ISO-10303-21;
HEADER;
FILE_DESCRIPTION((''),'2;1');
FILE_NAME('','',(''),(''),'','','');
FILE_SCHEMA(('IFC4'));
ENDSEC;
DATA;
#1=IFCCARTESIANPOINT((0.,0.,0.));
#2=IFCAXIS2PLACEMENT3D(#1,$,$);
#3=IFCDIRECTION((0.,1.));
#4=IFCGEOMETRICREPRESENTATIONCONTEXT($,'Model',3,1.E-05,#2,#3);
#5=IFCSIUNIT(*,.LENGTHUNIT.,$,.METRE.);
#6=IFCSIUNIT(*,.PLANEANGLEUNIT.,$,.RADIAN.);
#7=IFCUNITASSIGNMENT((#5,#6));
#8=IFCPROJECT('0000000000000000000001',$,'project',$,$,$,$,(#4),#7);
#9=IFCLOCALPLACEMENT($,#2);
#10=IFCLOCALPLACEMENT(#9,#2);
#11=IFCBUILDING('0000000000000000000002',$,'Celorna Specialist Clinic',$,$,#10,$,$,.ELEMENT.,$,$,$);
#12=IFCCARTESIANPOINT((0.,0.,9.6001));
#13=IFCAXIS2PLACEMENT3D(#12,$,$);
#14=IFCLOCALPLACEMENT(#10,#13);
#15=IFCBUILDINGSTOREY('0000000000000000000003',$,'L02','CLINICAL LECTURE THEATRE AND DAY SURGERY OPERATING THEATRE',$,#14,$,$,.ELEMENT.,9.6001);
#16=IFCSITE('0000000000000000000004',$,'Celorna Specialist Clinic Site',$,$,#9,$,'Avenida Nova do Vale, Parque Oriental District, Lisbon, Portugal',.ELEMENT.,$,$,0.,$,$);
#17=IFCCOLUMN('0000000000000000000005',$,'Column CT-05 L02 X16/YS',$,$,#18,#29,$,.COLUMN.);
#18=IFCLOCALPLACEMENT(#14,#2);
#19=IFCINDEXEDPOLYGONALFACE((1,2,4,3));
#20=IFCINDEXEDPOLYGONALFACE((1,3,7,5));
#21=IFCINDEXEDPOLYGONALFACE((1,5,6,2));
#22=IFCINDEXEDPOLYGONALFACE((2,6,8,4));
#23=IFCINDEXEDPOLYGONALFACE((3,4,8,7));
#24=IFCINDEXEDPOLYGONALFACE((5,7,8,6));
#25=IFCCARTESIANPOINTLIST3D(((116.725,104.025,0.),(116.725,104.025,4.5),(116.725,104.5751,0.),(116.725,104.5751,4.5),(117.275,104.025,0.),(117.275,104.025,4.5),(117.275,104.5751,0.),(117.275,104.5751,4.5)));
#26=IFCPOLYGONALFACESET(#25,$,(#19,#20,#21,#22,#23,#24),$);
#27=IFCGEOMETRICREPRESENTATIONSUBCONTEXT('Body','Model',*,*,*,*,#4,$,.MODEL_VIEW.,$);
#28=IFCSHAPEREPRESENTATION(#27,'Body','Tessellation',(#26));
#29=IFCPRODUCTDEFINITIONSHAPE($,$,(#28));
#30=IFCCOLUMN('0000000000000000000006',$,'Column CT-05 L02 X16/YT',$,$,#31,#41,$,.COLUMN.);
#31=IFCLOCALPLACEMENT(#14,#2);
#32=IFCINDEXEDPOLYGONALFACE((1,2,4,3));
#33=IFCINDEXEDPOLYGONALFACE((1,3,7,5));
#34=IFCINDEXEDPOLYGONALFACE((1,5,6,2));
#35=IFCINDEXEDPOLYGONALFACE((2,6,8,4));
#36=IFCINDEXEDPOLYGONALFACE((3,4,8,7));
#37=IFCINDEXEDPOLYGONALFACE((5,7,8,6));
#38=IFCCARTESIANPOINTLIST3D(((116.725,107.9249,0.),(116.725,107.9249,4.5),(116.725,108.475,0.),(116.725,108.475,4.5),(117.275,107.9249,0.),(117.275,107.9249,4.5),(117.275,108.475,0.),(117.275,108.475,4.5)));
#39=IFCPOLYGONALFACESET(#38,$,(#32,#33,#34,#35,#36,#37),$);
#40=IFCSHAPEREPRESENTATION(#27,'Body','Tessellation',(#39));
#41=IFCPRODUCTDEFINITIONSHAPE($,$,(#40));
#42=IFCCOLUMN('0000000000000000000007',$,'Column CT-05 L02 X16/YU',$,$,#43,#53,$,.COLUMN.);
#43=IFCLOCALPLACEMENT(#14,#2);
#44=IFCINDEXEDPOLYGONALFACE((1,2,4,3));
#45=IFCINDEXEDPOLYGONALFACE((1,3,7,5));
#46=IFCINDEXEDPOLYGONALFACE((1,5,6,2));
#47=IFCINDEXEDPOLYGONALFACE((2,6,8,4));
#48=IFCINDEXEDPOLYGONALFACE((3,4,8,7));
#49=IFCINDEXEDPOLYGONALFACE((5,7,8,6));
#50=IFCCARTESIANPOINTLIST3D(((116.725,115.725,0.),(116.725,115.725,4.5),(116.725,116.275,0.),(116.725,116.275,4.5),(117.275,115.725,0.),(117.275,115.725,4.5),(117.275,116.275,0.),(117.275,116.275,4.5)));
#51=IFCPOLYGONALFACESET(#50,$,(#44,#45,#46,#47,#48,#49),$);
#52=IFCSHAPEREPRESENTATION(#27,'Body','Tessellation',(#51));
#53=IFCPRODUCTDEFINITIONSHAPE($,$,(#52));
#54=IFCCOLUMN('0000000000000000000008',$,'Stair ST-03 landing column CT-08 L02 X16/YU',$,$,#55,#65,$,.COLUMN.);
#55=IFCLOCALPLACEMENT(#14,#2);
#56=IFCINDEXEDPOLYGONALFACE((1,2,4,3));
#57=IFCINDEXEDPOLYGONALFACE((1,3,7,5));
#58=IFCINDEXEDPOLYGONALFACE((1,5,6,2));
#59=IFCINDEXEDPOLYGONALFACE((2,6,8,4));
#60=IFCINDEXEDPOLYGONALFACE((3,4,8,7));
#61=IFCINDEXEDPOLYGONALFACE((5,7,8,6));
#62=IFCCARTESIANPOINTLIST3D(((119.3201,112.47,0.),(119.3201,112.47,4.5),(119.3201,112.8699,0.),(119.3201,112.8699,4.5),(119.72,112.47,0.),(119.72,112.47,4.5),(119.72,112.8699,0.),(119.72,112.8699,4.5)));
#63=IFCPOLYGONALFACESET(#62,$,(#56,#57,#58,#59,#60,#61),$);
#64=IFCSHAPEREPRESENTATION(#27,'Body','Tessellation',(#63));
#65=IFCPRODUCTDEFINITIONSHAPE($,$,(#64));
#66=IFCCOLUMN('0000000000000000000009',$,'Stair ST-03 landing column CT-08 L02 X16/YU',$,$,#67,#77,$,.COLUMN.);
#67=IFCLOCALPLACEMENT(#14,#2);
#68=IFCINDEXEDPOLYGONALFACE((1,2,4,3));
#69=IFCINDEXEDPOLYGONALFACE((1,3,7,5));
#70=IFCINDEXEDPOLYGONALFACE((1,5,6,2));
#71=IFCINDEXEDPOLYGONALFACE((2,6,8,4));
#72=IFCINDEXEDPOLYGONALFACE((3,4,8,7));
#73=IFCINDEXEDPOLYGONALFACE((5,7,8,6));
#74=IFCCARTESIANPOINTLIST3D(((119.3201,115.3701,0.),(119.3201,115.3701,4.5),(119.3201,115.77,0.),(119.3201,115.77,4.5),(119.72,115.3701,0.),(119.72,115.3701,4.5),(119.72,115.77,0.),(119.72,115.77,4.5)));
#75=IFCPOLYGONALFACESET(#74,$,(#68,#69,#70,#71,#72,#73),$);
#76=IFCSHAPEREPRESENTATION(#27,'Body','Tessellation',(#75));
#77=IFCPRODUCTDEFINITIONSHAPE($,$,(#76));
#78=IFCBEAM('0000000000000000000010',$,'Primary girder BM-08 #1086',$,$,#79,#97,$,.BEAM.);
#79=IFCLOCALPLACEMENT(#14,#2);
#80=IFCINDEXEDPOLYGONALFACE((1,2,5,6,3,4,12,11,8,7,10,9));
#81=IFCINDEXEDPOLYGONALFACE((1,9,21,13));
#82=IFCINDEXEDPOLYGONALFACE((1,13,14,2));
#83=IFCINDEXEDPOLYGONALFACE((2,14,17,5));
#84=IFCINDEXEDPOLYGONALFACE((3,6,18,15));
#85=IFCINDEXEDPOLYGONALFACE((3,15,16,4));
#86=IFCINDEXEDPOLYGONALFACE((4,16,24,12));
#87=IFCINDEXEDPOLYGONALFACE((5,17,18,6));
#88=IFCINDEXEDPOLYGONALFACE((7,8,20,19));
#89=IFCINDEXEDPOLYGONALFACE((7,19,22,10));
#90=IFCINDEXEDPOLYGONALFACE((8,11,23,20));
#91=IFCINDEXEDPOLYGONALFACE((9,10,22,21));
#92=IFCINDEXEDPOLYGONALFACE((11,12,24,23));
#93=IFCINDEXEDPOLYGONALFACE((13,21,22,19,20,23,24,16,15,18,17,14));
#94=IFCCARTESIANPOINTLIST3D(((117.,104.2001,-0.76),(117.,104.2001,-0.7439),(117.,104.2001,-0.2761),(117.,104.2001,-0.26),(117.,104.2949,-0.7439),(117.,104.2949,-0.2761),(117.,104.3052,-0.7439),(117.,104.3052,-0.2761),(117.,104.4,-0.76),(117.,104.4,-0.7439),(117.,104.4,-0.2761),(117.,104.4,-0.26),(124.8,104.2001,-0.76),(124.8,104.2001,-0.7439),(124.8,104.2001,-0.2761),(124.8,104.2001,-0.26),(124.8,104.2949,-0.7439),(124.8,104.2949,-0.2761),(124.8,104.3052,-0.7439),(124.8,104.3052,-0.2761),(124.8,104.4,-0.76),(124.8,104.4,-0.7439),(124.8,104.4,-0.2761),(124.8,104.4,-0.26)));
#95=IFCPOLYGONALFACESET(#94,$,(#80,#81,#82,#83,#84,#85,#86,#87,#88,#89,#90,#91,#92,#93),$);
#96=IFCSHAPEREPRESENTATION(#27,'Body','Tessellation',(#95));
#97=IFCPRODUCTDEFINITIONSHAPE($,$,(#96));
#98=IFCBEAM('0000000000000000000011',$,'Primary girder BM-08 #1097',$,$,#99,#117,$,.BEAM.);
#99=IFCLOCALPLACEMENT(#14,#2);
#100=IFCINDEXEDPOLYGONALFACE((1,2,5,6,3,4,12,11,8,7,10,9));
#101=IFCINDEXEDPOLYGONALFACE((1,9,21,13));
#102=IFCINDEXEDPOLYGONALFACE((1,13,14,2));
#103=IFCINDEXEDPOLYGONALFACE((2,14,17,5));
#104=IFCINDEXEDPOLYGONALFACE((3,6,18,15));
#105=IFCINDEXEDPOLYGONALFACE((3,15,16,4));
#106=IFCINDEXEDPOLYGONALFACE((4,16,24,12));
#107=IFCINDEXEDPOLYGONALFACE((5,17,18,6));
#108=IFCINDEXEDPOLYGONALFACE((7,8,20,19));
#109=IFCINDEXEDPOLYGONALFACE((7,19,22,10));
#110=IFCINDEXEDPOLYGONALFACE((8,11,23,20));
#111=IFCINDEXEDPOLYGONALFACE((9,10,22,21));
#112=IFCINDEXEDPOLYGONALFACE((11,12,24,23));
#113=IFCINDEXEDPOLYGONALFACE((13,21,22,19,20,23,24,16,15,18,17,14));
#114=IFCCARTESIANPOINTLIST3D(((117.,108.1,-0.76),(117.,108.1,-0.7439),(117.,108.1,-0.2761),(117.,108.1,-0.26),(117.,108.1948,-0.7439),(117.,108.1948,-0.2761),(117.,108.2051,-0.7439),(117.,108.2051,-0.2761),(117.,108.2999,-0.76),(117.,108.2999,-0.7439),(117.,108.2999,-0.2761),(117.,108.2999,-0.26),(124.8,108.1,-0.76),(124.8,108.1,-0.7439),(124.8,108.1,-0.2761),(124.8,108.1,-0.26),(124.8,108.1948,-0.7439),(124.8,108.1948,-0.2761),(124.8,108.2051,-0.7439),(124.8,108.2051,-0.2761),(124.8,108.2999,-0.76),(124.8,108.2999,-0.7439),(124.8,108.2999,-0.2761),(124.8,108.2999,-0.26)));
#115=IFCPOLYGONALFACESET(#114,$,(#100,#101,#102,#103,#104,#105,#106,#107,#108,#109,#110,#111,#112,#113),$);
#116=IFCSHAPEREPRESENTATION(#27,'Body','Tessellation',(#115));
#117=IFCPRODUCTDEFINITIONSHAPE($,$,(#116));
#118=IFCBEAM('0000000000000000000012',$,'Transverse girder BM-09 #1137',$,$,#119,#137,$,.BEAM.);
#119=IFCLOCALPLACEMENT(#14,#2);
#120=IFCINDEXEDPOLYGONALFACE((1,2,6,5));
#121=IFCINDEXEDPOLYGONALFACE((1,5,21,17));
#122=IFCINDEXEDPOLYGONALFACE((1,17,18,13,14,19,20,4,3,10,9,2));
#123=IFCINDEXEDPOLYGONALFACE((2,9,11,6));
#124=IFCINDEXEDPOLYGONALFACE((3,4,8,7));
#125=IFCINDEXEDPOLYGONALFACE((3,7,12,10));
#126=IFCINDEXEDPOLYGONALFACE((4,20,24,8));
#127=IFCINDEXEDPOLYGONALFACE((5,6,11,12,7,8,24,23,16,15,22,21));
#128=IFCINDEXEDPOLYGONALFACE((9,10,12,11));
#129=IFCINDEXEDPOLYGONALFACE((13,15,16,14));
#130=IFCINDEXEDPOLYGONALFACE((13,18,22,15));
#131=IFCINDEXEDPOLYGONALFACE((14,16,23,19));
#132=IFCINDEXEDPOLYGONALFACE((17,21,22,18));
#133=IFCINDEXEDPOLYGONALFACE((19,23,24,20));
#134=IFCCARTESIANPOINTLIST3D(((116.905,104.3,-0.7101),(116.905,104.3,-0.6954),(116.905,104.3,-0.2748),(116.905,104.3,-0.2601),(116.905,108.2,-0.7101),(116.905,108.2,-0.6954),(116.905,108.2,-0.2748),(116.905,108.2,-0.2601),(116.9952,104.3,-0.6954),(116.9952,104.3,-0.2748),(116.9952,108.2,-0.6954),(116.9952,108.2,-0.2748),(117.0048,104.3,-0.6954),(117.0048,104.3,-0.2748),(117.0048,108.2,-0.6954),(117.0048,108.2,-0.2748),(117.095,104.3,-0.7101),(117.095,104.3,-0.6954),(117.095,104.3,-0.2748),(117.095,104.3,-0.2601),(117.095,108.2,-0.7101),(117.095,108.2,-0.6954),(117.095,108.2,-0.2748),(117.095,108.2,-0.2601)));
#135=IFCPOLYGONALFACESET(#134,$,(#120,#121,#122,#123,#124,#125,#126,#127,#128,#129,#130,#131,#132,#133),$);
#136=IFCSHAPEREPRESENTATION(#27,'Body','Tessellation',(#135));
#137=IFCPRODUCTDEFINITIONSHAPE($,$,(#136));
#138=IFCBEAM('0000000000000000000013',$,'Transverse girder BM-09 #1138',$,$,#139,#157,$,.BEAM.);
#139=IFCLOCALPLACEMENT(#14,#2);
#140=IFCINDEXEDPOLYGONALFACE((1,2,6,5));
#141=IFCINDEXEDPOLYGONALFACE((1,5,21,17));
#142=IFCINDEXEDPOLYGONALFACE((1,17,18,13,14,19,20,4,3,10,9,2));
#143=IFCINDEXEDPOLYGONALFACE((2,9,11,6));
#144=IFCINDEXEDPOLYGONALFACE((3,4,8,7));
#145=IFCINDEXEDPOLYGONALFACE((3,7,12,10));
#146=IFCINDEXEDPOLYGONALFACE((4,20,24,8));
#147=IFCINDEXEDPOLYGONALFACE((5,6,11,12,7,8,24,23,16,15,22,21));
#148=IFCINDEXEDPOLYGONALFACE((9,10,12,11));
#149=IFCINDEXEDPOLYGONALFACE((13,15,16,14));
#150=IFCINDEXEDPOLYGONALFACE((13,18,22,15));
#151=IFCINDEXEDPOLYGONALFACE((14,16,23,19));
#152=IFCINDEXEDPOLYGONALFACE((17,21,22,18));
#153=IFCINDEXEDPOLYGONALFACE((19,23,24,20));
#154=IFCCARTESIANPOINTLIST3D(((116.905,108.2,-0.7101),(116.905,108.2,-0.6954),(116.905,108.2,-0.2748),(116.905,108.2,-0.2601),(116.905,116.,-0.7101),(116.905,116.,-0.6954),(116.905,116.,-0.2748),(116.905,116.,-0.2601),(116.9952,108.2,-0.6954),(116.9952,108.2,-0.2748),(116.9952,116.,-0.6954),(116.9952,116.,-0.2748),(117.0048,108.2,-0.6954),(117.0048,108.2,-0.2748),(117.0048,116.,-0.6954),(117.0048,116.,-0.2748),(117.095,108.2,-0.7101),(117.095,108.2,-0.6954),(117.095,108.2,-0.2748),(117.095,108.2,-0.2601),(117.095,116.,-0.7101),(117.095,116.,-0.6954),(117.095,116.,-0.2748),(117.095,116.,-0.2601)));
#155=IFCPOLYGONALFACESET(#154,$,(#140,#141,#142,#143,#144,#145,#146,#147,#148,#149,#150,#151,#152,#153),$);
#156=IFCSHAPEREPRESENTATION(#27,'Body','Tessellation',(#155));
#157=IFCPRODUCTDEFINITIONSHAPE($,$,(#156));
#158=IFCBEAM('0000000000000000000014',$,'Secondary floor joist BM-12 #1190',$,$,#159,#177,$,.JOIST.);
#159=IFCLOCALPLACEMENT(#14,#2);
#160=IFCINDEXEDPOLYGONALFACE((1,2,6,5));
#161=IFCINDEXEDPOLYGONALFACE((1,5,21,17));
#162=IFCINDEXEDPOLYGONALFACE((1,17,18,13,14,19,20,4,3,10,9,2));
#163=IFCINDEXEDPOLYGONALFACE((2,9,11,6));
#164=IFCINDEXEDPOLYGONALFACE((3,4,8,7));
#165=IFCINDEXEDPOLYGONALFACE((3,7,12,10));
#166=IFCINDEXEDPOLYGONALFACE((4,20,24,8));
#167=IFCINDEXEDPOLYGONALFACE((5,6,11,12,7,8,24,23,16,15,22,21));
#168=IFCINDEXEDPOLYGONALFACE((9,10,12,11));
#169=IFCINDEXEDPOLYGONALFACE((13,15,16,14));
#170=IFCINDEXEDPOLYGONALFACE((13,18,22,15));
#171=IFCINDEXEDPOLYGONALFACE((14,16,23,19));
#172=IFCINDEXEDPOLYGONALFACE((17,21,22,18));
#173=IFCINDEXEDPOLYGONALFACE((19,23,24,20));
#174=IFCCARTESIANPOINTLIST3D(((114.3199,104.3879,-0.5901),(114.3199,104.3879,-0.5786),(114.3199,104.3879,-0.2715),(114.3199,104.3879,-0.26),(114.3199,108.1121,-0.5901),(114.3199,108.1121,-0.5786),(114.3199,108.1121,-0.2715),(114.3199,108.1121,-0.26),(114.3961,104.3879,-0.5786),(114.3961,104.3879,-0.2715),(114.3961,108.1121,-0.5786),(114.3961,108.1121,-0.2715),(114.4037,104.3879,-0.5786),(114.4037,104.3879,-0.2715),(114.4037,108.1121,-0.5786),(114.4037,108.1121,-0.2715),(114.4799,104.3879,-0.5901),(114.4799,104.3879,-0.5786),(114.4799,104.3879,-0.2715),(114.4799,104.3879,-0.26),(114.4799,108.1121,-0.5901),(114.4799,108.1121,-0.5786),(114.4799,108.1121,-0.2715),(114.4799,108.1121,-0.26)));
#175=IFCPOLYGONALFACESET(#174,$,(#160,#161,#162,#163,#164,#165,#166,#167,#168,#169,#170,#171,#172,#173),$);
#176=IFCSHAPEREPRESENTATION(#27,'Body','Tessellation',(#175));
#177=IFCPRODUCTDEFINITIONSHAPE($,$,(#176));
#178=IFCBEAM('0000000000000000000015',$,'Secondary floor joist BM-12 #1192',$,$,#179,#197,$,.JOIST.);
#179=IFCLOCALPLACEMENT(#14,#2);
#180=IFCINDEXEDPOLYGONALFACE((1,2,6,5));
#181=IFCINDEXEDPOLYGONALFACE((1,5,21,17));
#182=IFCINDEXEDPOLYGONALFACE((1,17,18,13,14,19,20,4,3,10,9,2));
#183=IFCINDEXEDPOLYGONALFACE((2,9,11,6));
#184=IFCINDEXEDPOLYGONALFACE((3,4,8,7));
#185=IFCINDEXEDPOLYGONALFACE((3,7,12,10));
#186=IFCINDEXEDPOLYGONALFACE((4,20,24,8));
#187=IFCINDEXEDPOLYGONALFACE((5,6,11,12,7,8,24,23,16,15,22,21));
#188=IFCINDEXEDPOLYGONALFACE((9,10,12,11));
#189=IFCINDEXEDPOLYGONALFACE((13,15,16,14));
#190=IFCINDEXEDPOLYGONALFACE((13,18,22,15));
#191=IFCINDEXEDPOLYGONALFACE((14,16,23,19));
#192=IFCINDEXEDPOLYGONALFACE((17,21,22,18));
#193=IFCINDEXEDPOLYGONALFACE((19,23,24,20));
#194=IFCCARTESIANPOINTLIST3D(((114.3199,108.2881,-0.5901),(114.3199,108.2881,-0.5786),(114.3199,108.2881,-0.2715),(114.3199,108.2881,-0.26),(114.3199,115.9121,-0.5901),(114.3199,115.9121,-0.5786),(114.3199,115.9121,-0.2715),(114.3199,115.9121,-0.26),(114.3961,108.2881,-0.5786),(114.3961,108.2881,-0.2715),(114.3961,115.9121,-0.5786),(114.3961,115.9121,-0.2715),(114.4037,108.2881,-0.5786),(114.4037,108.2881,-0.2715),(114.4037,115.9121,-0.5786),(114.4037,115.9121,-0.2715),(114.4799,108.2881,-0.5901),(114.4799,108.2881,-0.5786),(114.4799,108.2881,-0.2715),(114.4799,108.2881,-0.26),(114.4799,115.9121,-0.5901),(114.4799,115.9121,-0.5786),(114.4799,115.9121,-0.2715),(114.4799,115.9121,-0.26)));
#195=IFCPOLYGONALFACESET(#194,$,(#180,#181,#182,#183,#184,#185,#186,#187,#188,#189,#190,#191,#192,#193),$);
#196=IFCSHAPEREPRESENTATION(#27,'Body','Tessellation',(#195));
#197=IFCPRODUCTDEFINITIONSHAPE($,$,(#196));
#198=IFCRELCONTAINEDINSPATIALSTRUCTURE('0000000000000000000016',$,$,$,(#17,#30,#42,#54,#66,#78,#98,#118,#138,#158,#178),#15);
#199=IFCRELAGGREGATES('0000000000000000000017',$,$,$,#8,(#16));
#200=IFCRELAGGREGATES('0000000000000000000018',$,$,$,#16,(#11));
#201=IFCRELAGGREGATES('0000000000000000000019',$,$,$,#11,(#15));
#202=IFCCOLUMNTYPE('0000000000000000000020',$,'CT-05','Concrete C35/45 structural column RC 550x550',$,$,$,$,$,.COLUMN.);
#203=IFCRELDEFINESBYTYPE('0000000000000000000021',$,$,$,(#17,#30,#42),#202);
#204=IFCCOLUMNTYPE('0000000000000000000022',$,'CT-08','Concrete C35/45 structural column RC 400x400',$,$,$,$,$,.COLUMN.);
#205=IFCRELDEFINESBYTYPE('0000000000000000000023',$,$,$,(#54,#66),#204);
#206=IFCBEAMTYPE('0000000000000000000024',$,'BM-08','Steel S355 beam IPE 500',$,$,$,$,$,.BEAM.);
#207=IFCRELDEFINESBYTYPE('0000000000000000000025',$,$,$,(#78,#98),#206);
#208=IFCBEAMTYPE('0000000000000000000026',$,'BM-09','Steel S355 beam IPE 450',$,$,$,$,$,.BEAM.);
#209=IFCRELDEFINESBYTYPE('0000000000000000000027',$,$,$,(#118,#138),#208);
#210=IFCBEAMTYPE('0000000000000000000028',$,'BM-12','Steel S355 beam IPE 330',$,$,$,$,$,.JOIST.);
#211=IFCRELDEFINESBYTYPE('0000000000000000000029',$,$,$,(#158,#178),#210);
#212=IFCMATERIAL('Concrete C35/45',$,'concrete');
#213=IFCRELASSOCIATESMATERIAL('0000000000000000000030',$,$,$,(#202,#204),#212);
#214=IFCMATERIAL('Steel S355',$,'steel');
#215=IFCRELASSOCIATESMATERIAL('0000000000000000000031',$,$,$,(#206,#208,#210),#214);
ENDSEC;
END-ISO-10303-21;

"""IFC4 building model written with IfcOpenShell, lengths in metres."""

from ifc_helpers import new_model, si_unit, direction, frame, origin, origin_2d, place, context, subcontext, project, spatial, rectangle, i_section, extrude, material, material_profile, profile_set, type_object, element, save


model = new_model("IFC4")

# Units and contexts
model_context = context("Model", 3, precision=1e-05, world=origin(), true_north=direction((0.0, 1.0)))
body_context = subcontext(model_context, "Body", "Model", "MODEL_VIEW")
ifc_project = project(units=[si_unit("LENGTHUNIT", "METRE"), si_unit("PLANEANGLEUNIT", "RADIAN")], contexts=[model_context])

# Site, building, storey
site_placement = place(None, origin())
site = spatial("IfcSite", under=ifc_project, at=site_placement, Name="Celorna Specialist Clinic Site", LongName="Avenida Nova do Vale, Parque Oriental District, Lisbon, Portugal", CompositionType="ELEMENT", RefElevation=0.0)
building_placement = place(site_placement, origin())
building = spatial("IfcBuilding", under=site, at=building_placement, Name="Celorna Specialist Clinic", CompositionType="ELEMENT")
storey_placement = place(building_placement, frame((0.0, 0.0, 9.6001)))
storey = spatial("IfcBuildingStorey", under=building, at=storey_placement, Name="L02", Description="CLINICAL LECTURE THEATRE AND DAY SURGERY OPERATING THEATRE", CompositionType="ELEMENT", Elevation=9.6001)

# Columns
ifc_material_1 = material(Name="Concrete C35/45", Category="concrete")
ifc_material_profile_1 = material_profile(ifc_material_1, rectangle(XDim=0.55, YDim=0.55, at=origin_2d()), Name="RC 550x550")
ifc_profile_set_1 = profile_set([ifc_material_profile_1], Name="Concrete C35/45")
column_type_1 = type_object("IfcColumnType", Name="CT-05", Description="Concrete C35/45 structural column RC 550x550", PredefinedType="COLUMN", material=ifc_profile_set_1)
for number, where, z_axis, x_axis, name in (
    (1, (117.0, 104.3, 0.0), (0.0, 0.0, 1.0), (1.0, 0.0, 0.0), "Column CT-05 L02 X16/YS"),
    (2, (117.0, 108.2, 0.0), (0.0, 0.0, 1.0), (1.0, 0.0, 0.0), "Column CT-05 L02 X16/YT"),
    (3, (117.0, 116.0, 0.0), (0.0, 0.0, 1.0), (1.0, 0.0, 0.0), "Column CT-05 L02 X16/YU"),
):
    element("IfcColumn", number, at=place(storey_placement, frame(where, z_axis=z_axis, x_axis=x_axis)), inside=storey, type_object=column_type_1, Name=name, PredefinedType="COLUMN", context=body_context, shape_type="SweptSolid", body=[
        extrude(rectangle(XDim=0.55, YDim=0.55, at=origin_2d()), origin(), (0.0, 0.0, 1.0), 4.5),
    ])
ifc_material_profile_2 = material_profile(ifc_material_1, rectangle(XDim=0.3999, YDim=0.3999, at=origin_2d()), Name="RC 400x400")
ifc_profile_set_2 = profile_set([ifc_material_profile_2], Name="Concrete C35/45")
column_type_2 = type_object("IfcColumnType", Name="CT-08", Description="Concrete C35/45 structural column RC 400x400", PredefinedType="COLUMN", material=ifc_profile_set_2)
for number, where, z_axis, x_axis, name in (
    (4, (119.52, 112.6699, 0.0), (0.0, 0.0, 1.0), (1.0, 0.0, 0.0), "Stair ST-03 landing column CT-08 L02 X16/YU"),
    (5, (119.52, 115.5701, 0.0), (0.0, 0.0, 1.0), (1.0, 0.0, 0.0), "Stair ST-03 landing column CT-08 L02 X16/YU"),
):
    element("IfcColumn", number, at=place(storey_placement, frame(where, z_axis=z_axis, x_axis=x_axis)), inside=storey, type_object=column_type_2, Name=name, PredefinedType="COLUMN", context=body_context, shape_type="SweptSolid", body=[
        extrude(rectangle(XDim=0.3999, YDim=0.3999, at=origin_2d()), origin(), (0.0, 0.0, 1.0), 4.5),
    ])

# Beams
ifc_material_2 = material(Name="Steel S355", Category="steel")
ifc_material_profile_3 = material_profile(ifc_material_2, i_section(OverallWidth=0.2, OverallDepth=0.5, WebThickness=0.0103, FlangeThickness=0.0161, at=origin_2d()), Name="IPE 500")
ifc_profile_set_3 = profile_set([ifc_material_profile_3], Name="Steel S355")
beam_type_1 = type_object("IfcBeamType", Name="BM-08", Description="Steel S355 beam IPE 500", PredefinedType="BEAM", material=ifc_profile_set_3)
for number, where, z_axis, x_axis, name in (
    (6, (117.0, 104.3, -0.51), (1.0, 0.0, 0.0), (0.0, 1.0, 0.0), "Primary girder BM-08 #1086"),
    (7, (117.0, 108.2, -0.51), (1.0, 0.0, 0.0), (0.0, 1.0, 0.0), "Primary girder BM-08 #1097"),
):
    element("IfcBeam", number, at=place(storey_placement, frame(where, z_axis=z_axis, x_axis=x_axis)), inside=storey, type_object=beam_type_1, Name=name, PredefinedType="BEAM", context=body_context, shape_type="SweptSolid", body=[
        extrude(i_section(OverallWidth=0.2, OverallDepth=0.5, WebThickness=0.0103, FlangeThickness=0.0161, at=origin_2d()), origin(), (0.0, 0.0, 1.0), 7.8),
    ])
ifc_material_profile_4 = material_profile(ifc_material_2, i_section(OverallWidth=0.1899, OverallDepth=0.45, WebThickness=0.0095, FlangeThickness=0.0146, at=origin_2d()), Name="IPE 450")
ifc_profile_set_4 = profile_set([ifc_material_profile_4], Name="Steel S355")
beam_type_2 = type_object("IfcBeamType", Name="BM-09", Description="Steel S355 beam IPE 450", PredefinedType="BEAM", material=ifc_profile_set_4)
beam_1_placement = place(storey_placement, frame((117.0, 104.3, -0.4851), z_axis=(0.0, 1.0, 0.0), x_axis=(-1.0, 0.0, 0.0)))
element("IfcBeam", 8, at=beam_1_placement, inside=storey, type_object=beam_type_2, Name="Transverse girder BM-09 #1137", PredefinedType="BEAM", context=body_context, shape_type="SweptSolid", body=[
    extrude(i_section(OverallWidth=0.1899, OverallDepth=0.45, WebThickness=0.0095, FlangeThickness=0.0146, at=origin_2d()), origin(), (0.0, 0.0, 1.0), 3.8999),
])
beam_2_placement = place(storey_placement, frame((117.0, 108.2, -0.4851), z_axis=(0.0, 1.0, 0.0), x_axis=(-1.0, 0.0, 0.0)))
element("IfcBeam", 9, at=beam_2_placement, inside=storey, type_object=beam_type_2, Name="Transverse girder BM-09 #1138", PredefinedType="BEAM", context=body_context, shape_type="SweptSolid", body=[
    extrude(i_section(OverallWidth=0.1899, OverallDepth=0.45, WebThickness=0.0095, FlangeThickness=0.0146, at=origin_2d()), origin(), (0.0, 0.0, 1.0), 7.8),
])
ifc_material_profile_5 = material_profile(ifc_material_2, i_section(OverallWidth=0.1599, OverallDepth=0.3301, WebThickness=0.0076, FlangeThickness=0.0115, at=origin_2d()), Name="IPE 330")
ifc_profile_set_5 = profile_set([ifc_material_profile_5], Name="Steel S355")
beam_type_3 = type_object("IfcBeamType", Name="BM-12", Description="Steel S355 beam IPE 330", PredefinedType="JOIST", material=ifc_profile_set_5)
beam_3_placement = place(storey_placement, frame((114.3999, 104.3879, -0.425), z_axis=(0.0, 1.0, 0.0), x_axis=(-1.0, 0.0, 0.0)))
element("IfcBeam", 10, at=beam_3_placement, inside=storey, type_object=beam_type_3, Name="Secondary floor joist BM-12 #1190", PredefinedType="JOIST", context=body_context, shape_type="SweptSolid", body=[
    extrude(i_section(OverallWidth=0.1599, OverallDepth=0.3301, WebThickness=0.0076, FlangeThickness=0.0115, at=origin_2d()), origin(), (0.0, 0.0, 1.0), 3.7241),
])
beam_4_placement = place(storey_placement, frame((114.3999, 108.2881, -0.425), z_axis=(0.0, 1.0, 0.0), x_axis=(-1.0, 0.0, 0.0)))
element("IfcBeam", 11, at=beam_4_placement, inside=storey, type_object=beam_type_3, Name="Secondary floor joist BM-12 #1192", PredefinedType="JOIST", context=body_context, shape_type="SweptSolid", body=[
    extrude(i_section(OverallWidth=0.1599, OverallDepth=0.3301, WebThickness=0.0076, FlangeThickness=0.0115, at=origin_2d()), origin(), (0.0, 0.0, 1.0), 7.624),
])

save(model, "model.ifc")
